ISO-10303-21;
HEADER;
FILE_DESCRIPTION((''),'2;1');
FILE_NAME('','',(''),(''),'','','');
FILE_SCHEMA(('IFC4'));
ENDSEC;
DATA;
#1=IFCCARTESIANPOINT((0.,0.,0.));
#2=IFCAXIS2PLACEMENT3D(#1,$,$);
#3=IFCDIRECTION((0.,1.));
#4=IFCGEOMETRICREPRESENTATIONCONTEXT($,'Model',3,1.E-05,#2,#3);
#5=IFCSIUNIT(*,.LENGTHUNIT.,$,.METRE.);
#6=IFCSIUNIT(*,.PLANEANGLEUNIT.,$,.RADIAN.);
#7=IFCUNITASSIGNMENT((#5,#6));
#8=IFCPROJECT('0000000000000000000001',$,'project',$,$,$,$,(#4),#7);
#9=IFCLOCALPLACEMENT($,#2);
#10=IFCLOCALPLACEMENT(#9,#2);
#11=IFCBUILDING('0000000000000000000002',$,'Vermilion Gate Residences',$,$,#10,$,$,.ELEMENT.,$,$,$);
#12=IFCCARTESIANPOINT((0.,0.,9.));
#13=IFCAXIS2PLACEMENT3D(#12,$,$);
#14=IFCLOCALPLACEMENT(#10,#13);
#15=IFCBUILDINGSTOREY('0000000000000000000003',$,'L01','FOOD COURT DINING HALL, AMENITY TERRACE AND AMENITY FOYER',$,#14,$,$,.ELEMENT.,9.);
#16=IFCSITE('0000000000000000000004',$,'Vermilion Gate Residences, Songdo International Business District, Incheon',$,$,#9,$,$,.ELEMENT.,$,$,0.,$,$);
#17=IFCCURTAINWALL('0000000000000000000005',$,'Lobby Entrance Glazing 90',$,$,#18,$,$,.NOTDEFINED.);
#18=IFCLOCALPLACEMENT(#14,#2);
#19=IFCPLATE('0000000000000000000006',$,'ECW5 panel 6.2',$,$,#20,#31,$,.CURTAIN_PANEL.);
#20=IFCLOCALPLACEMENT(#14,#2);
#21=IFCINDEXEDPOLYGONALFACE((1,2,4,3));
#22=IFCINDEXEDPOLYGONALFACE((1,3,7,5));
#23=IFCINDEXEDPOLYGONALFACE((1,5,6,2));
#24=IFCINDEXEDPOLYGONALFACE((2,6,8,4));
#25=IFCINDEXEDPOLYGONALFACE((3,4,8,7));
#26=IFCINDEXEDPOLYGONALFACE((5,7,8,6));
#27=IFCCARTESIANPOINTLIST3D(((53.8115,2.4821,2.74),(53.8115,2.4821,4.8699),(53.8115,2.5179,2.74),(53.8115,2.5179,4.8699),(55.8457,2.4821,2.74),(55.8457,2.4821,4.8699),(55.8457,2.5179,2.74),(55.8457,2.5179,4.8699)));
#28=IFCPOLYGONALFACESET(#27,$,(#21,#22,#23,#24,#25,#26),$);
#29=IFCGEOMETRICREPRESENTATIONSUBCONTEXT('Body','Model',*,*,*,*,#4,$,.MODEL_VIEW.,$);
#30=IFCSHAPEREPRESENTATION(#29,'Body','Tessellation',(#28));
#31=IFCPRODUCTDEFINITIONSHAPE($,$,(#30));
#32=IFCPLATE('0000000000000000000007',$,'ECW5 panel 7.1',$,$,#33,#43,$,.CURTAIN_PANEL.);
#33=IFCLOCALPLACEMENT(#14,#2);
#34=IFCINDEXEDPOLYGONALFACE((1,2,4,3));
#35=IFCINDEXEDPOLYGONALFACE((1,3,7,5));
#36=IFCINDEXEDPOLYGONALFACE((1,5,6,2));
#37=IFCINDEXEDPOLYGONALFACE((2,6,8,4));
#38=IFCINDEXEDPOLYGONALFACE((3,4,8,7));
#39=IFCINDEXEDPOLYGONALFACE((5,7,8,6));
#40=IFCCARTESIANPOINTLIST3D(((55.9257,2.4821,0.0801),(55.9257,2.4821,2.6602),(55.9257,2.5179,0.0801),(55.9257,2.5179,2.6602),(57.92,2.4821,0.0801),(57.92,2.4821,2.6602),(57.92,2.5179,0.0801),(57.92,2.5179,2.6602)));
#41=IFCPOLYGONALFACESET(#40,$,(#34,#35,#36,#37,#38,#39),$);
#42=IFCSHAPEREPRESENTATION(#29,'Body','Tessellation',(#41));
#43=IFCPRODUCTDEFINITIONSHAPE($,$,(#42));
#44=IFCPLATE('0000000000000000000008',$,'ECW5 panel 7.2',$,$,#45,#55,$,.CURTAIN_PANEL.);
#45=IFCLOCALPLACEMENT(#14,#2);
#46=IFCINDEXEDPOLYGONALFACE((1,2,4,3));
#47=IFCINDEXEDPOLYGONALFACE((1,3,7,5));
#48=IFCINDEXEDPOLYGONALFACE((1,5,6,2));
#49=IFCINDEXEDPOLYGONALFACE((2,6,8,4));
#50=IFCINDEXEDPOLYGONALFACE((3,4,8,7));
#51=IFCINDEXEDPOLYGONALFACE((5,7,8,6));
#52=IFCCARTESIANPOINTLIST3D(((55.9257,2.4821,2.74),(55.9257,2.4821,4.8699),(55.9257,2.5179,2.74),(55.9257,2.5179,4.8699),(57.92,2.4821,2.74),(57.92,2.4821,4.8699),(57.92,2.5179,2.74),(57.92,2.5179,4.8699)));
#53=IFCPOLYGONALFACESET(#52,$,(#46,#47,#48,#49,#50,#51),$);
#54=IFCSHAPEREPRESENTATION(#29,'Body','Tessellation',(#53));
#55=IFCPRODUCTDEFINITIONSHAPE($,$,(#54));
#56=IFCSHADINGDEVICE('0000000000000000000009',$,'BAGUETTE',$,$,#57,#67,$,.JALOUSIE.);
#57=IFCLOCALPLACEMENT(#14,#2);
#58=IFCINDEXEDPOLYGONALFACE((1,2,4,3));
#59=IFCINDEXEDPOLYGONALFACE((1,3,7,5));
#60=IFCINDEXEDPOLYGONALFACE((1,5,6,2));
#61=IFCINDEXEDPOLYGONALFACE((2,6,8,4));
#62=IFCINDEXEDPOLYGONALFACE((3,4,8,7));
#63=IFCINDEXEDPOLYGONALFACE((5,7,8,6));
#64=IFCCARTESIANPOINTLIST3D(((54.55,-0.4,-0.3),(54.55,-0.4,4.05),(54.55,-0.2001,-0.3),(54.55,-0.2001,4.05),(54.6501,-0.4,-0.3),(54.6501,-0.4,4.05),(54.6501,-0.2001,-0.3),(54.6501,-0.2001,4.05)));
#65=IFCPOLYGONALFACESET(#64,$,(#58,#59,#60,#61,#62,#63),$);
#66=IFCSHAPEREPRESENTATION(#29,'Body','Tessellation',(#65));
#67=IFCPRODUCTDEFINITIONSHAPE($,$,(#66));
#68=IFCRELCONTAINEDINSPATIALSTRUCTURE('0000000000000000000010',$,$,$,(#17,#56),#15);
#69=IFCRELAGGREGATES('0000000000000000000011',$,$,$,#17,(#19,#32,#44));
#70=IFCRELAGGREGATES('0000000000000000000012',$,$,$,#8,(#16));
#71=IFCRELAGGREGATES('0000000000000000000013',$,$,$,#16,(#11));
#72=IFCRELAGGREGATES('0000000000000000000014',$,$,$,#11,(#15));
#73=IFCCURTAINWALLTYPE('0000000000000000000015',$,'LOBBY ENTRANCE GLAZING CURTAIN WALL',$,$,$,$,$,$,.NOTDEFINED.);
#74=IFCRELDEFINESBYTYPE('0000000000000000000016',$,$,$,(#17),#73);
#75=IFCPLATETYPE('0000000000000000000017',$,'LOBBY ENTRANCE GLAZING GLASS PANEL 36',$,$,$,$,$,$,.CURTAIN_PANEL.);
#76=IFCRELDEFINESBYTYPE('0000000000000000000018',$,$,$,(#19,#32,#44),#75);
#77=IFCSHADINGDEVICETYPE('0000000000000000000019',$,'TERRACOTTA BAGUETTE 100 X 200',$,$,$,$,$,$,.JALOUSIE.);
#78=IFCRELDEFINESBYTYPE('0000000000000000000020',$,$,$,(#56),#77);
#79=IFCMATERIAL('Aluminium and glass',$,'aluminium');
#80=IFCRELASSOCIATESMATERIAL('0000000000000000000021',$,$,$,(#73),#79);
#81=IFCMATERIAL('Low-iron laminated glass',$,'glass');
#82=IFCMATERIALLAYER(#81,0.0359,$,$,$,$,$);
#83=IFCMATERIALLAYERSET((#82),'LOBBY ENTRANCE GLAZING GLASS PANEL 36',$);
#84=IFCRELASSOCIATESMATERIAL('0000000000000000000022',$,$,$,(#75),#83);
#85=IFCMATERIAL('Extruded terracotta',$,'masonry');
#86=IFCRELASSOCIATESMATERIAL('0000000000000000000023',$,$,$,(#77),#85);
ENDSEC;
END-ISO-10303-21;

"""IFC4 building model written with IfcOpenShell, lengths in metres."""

from ifc_helpers import new_model, si_unit, direction, frame, origin, origin_2d, place, context, subcontext, project, spatial, rectangle, extrude, material, layer, layer_set, material_profile, profile_set, type_object, element, aggregate, save


model = new_model("IFC4")

# Units and contexts
model_context = context("Model", 3, precision=1e-05, world=origin(), true_north=direction((0.0, 1.0)))
body_context = subcontext(model_context, "Body", "Model", "MODEL_VIEW")
ifc_project = project(units=[si_unit("LENGTHUNIT", "METRE"), si_unit("PLANEANGLEUNIT", "RADIAN")], contexts=[model_context])

# Site, building, storey
site_placement = place(None, origin())
site = spatial("IfcSite", under=ifc_project, at=site_placement, Name="Vermilion Gate Residences, Songdo International Business District, Incheon", CompositionType="ELEMENT", RefElevation=0.0)
building_placement = place(site_placement, origin())
building = spatial("IfcBuilding", under=site, at=building_placement, Name="Vermilion Gate Residences", CompositionType="ELEMENT")
storey_placement = place(building_placement, frame((0.0, 0.0, 9.0)))
storey = spatial("IfcBuildingStorey", under=building, at=storey_placement, Name="L01", Description="FOOD COURT DINING HALL, AMENITY TERRACE AND AMENITY FOYER", CompositionType="ELEMENT", Elevation=9.0)

# Curtain wall
ifc_material_1 = material(Name="Aluminium and glass", Category="aluminium")
curtain_wall_type = type_object("IfcCurtainWallType", Name="LOBBY ENTRANCE GLAZING CURTAIN WALL", PredefinedType="NOTDEFINED", material=ifc_material_1)
curtain_wall_placement = place(storey_placement, origin())
curtain_wall = element("IfcCurtainWall", 1, at=curtain_wall_placement, inside=storey, type_object=curtain_wall_type, Name="Lobby Entrance Glazing 90", PredefinedType="NOTDEFINED")

# Plates
ifc_material_2 = material(Name="Low-iron laminated glass", Category="glass")
ifc_layer_1 = layer(ifc_material_2, 0.0359)
ifc_layer_set_1 = layer_set([ifc_layer_1], Name="LOBBY ENTRANCE GLAZING GLASS PANEL 36")
plate_type = type_object("IfcPlateType", Name="LOBBY ENTRANCE GLAZING GLASS PANEL 36", PredefinedType="CURTAIN_PANEL", material=ifc_layer_set_1)
plate_1_placement = place(storey_placement, frame((54.8286, 2.5, 2.74), z_axis=(0.0, 0.0, 1.0), x_axis=(1.0, 0.0, 0.0)))
plate_1 = element("IfcPlate", 2, at=plate_1_placement, type_object=plate_type, Name="ECW5 panel 6.2", PredefinedType="CURTAIN_PANEL", context=body_context, shape_type="SweptSolid", body=[
    extrude(rectangle(XDim=2.0342, YDim=0.0359, at=origin_2d()), origin(), (0.0, 0.0, 1.0), 2.1299),
])
plate_2_placement = place(storey_placement, frame((56.9229, 2.5, 0.0801), z_axis=(0.0, 0.0, 1.0), x_axis=(1.0, 0.0, 0.0)))
plate_2 = element("IfcPlate", 3, at=plate_2_placement, type_object=plate_type, Name="ECW5 panel 7.1", PredefinedType="CURTAIN_PANEL", context=body_context, shape_type="SweptSolid", body=[
    extrude(rectangle(XDim=1.9944, YDim=0.0359, at=origin_2d()), origin(), (0.0, 0.0, 1.0), 2.5801),
])
plate_3_placement = place(storey_placement, frame((56.9229, 2.5, 2.74), z_axis=(0.0, 0.0, 1.0), x_axis=(1.0, 0.0, 0.0)))
plate_3 = element("IfcPlate", 4, at=plate_3_placement, type_object=plate_type, Name="ECW5 panel 7.2", PredefinedType="CURTAIN_PANEL", context=body_context, shape_type="SweptSolid", body=[
    extrude(rectangle(XDim=1.9944, YDim=0.0359, at=origin_2d()), origin(), (0.0, 0.0, 1.0), 2.1299),
])
aggregate(curtain_wall, [plate_1, plate_2, plate_3])

# Shading device
ifc_material_3 = material(Name="Extruded terracotta", Category="masonry")
ifc_material_profile_1 = material_profile(ifc_material_3, rectangle(XDim=0.2, YDim=0.1001, at=origin_2d()), Name="BAGUETTE 100 X 200")
ifc_profile_set_1 = profile_set([ifc_material_profile_1], Name="Extruded terracotta")
shading_device_type = type_object("IfcShadingDeviceType", Name="TERRACOTTA BAGUETTE 100 X 200", PredefinedType="JALOUSIE", material=ifc_profile_set_1)
shading_device_placement = place(storey_placement, frame((54.6001, -0.3, -0.3), z_axis=(0.0, 0.0, 1.0), x_axis=(0.0, 1.0, 0.0)))
element("IfcShadingDevice", 5, at=shading_device_placement, inside=storey, type_object=shading_device_type, Name="BAGUETTE", PredefinedType="JALOUSIE", context=body_context, shape_type="SweptSolid", body=[
    extrude(rectangle(XDim=0.2, YDim=0.1001, at=origin_2d()), origin(), (0.0, 0.0, 1.0), 4.3501),
])

save(model, "model.ifc")
